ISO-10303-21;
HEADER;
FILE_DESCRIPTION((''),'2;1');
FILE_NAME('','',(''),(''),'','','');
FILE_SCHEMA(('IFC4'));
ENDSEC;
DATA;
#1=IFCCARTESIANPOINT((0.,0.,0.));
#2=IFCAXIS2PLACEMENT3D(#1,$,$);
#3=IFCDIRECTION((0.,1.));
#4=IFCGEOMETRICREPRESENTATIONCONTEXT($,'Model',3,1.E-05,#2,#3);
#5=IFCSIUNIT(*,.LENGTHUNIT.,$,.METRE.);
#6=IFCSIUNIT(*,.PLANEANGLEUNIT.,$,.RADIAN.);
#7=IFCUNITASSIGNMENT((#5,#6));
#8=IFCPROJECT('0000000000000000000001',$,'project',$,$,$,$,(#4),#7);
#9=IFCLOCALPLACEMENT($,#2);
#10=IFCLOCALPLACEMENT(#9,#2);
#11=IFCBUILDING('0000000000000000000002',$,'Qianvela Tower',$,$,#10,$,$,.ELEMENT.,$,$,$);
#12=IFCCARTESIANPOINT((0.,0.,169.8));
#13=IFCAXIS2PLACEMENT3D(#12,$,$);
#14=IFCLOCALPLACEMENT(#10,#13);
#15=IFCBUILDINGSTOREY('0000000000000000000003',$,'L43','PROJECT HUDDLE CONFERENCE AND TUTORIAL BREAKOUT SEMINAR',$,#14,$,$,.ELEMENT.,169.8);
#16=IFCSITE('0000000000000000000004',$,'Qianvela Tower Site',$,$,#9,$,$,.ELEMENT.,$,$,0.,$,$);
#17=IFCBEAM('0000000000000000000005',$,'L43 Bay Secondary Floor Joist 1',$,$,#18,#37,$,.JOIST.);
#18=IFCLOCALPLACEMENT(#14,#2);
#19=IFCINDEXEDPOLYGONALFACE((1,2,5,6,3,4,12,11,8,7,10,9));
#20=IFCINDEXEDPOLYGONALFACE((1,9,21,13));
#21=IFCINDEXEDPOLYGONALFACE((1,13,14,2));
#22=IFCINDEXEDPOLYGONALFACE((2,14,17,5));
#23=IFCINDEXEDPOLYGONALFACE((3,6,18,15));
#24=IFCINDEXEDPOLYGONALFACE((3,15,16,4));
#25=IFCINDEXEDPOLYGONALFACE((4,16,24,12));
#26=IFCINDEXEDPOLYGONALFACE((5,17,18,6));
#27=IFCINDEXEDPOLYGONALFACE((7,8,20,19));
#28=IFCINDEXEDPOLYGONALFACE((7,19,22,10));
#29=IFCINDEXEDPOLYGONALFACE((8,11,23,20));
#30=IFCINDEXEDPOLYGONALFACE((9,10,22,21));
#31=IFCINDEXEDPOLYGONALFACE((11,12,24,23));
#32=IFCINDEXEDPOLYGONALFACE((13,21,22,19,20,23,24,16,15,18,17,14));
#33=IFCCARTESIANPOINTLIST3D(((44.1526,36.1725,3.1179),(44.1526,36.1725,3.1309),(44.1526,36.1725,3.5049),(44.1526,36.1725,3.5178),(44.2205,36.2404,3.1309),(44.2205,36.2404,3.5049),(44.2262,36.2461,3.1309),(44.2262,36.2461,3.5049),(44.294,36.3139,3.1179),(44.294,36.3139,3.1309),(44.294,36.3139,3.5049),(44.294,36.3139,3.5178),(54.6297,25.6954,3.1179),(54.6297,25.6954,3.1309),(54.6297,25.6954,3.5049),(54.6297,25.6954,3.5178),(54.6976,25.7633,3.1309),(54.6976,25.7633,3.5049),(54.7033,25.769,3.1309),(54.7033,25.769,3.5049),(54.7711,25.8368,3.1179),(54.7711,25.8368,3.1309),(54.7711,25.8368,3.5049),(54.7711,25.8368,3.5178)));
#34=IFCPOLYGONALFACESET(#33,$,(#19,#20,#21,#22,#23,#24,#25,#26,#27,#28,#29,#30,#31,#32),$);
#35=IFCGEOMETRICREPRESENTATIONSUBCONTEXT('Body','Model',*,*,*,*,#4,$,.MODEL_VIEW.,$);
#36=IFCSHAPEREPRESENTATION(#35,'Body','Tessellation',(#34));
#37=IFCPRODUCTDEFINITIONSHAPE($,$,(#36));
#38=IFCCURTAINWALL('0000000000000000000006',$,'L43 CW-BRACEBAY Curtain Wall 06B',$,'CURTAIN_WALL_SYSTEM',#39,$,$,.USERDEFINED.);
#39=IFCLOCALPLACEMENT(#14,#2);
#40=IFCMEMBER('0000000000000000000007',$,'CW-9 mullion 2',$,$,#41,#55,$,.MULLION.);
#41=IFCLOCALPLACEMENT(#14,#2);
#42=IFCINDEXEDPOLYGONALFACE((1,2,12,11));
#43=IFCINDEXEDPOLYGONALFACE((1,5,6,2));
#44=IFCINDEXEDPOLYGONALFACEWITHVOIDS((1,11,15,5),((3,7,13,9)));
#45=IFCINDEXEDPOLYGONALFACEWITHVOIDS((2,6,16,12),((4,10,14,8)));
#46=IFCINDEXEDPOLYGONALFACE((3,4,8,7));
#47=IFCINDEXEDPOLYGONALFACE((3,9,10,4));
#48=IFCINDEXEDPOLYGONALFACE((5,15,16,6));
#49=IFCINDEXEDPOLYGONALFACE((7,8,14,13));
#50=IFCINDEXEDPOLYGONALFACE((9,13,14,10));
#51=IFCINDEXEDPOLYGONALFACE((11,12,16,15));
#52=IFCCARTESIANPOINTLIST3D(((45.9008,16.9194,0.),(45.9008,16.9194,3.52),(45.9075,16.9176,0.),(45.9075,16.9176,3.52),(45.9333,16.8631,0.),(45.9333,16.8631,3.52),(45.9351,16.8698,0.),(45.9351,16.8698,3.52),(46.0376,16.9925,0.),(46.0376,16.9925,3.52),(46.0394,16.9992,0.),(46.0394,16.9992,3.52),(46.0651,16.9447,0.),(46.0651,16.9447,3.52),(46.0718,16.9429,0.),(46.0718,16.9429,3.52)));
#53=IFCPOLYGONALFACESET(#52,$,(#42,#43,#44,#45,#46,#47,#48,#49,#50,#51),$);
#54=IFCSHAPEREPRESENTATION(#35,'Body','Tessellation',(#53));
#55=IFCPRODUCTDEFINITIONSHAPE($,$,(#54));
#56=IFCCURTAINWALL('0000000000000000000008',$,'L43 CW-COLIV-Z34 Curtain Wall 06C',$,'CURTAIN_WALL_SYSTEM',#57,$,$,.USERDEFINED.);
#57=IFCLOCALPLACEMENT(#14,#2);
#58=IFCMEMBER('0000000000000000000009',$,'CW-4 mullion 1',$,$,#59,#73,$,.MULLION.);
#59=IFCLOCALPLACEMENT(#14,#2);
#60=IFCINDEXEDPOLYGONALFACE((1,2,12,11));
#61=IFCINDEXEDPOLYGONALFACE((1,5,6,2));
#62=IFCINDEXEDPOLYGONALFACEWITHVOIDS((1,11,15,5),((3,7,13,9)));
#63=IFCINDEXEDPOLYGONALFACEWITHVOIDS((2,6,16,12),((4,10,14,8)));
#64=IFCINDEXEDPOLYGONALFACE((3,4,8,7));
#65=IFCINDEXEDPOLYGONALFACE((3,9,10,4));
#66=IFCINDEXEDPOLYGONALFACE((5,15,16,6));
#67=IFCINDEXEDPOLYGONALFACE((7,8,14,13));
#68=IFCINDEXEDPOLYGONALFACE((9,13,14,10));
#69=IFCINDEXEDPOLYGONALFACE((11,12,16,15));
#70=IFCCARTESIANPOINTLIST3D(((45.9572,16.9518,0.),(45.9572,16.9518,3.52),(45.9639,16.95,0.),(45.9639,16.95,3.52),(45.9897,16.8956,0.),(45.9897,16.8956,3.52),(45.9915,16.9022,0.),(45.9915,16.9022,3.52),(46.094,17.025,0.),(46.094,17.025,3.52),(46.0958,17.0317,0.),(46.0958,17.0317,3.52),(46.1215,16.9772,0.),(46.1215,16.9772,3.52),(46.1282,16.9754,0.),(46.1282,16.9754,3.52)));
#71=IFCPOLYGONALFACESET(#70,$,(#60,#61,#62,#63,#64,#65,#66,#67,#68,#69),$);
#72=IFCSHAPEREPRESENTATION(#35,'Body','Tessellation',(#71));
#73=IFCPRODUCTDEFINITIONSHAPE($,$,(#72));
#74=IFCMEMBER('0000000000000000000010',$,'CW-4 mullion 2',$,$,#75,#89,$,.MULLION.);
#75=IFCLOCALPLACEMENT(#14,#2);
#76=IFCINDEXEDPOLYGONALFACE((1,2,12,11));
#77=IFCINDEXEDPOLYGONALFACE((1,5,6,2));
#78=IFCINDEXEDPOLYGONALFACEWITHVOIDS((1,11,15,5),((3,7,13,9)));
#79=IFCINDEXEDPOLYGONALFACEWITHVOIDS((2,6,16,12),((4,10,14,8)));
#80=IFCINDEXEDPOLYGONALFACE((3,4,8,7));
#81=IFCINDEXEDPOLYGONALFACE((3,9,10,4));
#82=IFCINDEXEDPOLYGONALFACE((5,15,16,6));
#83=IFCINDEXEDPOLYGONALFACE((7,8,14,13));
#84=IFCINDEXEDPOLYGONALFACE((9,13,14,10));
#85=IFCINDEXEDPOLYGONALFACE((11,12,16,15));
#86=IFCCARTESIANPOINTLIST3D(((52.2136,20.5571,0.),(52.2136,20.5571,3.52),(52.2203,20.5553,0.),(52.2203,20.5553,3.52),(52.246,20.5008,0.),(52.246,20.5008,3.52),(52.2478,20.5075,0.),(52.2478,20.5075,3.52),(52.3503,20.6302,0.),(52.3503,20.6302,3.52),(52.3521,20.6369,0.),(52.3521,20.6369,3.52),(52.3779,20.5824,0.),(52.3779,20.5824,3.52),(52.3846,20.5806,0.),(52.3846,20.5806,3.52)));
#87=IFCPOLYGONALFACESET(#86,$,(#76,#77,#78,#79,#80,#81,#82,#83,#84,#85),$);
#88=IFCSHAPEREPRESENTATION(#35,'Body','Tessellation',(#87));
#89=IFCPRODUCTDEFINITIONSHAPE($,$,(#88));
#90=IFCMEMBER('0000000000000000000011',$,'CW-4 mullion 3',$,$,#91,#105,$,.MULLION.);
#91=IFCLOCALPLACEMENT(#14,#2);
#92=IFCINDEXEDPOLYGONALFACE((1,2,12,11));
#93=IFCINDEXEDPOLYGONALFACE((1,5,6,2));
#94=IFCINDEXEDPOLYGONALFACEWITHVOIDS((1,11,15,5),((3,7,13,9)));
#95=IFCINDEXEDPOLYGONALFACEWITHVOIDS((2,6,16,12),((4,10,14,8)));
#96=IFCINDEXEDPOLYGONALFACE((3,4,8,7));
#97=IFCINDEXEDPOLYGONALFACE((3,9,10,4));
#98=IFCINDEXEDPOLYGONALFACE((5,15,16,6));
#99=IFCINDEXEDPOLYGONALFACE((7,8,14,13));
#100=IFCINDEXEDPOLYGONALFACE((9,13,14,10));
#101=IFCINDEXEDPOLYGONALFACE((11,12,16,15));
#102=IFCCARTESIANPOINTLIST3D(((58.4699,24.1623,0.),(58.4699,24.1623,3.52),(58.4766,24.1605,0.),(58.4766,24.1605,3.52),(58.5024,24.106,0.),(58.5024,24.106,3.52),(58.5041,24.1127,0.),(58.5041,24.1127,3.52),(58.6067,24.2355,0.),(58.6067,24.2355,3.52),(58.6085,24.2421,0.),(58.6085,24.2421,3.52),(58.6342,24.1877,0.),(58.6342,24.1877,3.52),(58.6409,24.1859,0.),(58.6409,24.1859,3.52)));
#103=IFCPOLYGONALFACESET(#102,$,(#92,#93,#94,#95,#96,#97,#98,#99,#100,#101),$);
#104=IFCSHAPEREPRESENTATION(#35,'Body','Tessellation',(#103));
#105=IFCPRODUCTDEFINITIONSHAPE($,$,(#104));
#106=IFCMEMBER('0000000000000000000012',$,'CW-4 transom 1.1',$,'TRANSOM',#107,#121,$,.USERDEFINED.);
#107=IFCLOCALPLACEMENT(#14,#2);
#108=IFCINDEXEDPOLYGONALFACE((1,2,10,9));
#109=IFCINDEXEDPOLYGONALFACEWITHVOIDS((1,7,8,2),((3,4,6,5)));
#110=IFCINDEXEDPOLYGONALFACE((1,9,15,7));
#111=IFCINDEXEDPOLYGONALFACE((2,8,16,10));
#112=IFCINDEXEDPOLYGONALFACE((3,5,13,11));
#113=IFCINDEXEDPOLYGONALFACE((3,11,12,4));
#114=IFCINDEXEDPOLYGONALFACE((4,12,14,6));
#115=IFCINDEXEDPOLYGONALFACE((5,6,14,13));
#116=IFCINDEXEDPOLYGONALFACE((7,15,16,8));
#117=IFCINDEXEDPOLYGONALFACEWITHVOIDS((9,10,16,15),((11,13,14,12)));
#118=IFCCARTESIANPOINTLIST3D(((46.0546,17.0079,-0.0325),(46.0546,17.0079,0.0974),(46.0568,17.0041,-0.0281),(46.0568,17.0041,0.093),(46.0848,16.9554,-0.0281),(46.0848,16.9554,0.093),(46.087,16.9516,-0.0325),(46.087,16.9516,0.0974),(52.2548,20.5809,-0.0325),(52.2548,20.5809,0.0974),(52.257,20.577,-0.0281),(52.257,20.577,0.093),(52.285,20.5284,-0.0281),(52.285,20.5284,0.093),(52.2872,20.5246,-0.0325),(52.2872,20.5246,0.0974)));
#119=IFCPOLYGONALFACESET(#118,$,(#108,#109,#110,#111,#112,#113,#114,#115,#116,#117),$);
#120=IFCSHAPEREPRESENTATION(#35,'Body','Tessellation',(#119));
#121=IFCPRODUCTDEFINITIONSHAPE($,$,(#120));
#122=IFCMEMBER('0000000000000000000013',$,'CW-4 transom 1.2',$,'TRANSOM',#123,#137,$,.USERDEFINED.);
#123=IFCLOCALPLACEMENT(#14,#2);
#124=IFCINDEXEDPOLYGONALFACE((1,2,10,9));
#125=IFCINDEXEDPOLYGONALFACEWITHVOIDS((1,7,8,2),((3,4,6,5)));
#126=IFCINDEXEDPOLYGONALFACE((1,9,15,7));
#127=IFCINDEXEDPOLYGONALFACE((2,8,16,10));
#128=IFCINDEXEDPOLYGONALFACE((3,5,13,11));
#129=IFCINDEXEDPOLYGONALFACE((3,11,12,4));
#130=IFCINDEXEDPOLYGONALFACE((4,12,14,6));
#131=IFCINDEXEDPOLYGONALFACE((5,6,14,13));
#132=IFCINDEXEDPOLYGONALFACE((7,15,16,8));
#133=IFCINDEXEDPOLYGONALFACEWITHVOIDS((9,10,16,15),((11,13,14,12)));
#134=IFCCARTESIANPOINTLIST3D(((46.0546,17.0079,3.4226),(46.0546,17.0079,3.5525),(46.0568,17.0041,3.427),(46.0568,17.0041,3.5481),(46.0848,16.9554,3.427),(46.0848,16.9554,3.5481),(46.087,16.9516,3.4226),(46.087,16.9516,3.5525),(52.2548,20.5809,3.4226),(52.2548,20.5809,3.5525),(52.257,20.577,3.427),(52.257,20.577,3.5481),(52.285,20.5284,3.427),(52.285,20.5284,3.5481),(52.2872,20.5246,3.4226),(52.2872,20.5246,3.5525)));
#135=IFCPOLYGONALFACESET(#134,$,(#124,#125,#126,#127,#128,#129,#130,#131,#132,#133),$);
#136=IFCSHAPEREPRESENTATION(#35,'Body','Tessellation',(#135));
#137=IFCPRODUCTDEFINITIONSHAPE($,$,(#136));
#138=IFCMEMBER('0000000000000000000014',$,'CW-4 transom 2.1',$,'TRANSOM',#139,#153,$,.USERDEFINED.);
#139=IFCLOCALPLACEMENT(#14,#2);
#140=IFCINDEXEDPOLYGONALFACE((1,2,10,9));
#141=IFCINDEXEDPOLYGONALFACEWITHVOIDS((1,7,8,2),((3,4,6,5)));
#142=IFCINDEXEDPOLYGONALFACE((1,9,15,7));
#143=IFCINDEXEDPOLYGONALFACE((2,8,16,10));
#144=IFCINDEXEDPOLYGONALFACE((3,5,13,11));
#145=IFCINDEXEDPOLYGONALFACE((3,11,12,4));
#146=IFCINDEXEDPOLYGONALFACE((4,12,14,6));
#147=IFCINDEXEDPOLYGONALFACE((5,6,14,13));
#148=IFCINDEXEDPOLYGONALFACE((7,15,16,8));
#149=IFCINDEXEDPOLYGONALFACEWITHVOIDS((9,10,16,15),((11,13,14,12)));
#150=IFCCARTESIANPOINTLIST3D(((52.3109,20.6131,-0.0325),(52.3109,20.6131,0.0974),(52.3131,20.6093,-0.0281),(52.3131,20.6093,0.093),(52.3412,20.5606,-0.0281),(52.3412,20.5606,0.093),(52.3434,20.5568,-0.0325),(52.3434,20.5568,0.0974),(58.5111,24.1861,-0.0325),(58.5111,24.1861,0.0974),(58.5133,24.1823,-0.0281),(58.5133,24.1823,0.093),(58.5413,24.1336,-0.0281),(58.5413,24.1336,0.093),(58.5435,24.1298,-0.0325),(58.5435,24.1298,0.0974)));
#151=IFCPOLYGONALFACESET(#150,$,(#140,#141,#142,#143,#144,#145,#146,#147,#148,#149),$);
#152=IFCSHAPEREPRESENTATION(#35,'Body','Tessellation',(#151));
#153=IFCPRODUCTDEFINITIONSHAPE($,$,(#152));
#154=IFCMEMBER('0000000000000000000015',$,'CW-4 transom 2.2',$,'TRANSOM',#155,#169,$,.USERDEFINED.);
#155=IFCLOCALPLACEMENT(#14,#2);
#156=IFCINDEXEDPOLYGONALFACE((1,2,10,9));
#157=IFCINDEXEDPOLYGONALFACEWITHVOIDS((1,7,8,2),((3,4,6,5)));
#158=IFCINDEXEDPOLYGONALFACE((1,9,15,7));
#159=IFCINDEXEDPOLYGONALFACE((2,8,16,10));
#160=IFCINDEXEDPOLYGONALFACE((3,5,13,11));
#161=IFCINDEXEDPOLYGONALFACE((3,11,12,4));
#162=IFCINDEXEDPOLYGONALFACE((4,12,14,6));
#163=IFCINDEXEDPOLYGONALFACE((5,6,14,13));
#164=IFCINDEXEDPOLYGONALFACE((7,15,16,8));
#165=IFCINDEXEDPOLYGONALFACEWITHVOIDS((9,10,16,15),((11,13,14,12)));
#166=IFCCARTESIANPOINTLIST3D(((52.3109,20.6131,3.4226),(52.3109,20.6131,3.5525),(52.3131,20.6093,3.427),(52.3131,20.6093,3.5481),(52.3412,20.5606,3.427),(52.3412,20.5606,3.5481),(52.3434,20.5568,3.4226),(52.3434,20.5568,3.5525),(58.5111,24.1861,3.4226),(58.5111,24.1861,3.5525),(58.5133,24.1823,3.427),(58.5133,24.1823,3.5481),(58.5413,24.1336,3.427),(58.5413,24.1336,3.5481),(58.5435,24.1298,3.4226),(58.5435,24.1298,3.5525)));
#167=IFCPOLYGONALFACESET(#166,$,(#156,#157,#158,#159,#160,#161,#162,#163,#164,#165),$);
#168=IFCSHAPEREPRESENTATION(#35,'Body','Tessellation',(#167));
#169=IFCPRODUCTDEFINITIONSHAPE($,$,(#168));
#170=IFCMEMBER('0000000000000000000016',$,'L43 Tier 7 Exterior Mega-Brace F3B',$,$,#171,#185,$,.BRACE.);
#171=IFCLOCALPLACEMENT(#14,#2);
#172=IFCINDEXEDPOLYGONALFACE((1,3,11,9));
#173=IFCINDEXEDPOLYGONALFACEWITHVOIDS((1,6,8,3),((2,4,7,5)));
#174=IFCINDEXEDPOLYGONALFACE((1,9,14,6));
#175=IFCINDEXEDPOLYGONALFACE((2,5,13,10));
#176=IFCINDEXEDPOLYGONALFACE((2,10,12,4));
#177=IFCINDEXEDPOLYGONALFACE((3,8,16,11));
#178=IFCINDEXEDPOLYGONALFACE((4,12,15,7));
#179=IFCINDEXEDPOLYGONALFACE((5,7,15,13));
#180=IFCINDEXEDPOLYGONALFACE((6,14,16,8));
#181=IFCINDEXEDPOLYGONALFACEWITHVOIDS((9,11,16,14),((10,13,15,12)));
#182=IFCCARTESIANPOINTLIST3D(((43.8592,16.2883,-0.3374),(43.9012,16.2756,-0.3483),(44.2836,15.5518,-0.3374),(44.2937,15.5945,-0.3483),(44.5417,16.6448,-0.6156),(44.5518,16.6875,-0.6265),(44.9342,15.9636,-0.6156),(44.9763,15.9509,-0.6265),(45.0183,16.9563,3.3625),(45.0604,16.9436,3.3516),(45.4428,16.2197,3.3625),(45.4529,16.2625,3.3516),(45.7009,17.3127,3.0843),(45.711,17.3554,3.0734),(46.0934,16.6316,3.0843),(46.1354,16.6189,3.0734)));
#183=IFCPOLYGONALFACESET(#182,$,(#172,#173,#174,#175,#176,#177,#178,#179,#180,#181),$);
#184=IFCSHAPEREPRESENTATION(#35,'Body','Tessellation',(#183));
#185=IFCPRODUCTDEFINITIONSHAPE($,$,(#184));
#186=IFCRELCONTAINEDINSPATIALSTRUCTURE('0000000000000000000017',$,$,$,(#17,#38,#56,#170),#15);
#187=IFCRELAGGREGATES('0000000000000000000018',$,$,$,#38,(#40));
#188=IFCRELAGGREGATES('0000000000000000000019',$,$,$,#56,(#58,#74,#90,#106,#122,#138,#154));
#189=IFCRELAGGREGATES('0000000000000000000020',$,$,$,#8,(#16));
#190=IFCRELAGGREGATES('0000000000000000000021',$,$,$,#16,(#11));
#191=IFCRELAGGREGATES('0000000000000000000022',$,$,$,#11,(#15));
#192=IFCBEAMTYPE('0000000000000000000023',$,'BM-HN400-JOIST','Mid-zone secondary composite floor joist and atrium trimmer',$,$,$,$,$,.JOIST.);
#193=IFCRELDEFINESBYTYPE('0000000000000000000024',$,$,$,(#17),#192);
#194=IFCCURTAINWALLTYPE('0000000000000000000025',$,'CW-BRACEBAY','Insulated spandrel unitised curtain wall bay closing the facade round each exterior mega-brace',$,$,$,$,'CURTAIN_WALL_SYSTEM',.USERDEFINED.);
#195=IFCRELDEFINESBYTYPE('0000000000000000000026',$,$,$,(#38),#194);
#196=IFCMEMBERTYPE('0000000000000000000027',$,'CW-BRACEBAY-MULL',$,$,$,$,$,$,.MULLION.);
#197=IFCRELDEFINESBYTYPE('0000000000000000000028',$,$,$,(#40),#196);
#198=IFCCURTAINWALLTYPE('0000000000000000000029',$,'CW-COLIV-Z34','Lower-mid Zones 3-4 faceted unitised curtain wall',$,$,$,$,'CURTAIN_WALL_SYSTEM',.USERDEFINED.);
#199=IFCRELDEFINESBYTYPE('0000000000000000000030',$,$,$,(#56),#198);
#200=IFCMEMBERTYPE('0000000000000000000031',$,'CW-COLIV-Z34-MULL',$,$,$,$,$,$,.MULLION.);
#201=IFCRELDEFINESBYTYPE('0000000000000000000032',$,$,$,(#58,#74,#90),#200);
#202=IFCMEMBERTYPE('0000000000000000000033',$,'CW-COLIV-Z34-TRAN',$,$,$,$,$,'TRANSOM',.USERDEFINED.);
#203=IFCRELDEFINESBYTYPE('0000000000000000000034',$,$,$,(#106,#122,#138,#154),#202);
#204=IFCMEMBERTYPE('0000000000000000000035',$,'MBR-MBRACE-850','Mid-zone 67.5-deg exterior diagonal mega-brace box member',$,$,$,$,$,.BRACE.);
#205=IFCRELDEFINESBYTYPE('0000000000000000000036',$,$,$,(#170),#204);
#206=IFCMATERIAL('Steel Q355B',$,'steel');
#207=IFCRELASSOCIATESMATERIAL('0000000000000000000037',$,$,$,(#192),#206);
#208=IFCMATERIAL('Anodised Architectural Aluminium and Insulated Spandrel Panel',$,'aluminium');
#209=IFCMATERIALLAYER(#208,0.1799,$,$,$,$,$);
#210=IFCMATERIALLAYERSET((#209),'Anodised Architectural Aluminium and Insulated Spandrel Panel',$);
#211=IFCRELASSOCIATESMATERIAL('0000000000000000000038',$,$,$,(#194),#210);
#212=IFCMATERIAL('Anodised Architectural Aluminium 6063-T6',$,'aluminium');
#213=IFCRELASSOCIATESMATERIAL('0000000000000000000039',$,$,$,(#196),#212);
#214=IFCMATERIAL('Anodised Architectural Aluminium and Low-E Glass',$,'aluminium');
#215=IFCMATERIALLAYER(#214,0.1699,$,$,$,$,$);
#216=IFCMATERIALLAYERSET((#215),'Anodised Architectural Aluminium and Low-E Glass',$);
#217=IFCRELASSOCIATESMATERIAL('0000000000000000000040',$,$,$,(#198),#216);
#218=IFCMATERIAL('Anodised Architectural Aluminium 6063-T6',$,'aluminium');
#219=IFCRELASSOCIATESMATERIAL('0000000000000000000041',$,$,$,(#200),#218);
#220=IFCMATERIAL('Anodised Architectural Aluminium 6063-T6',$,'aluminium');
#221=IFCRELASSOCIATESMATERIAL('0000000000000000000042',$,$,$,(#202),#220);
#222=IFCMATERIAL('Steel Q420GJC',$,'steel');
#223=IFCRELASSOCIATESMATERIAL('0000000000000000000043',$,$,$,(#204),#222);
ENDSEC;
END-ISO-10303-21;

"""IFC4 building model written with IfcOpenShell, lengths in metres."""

from ifc_helpers import new_model, si_unit, direction, frame, origin, origin_2d, place, context, subcontext, project, spatial, hollow_rectangle, i_section, extrude, material, layer, layer_set, material_profile, profile_set, type_object, element, aggregate, save


model = new_model("IFC4")

# Units and contexts
model_context = context("Model", 3, precision=1e-05, world=origin(), true_north=direction((0.0, 1.0)))
body_context = subcontext(model_context, "Body", "Model", "MODEL_VIEW")
ifc_project = project(units=[si_unit("LENGTHUNIT", "METRE"), si_unit("PLANEANGLEUNIT", "RADIAN")], contexts=[model_context])

# Site, building, storey
site_placement = place(None, origin())
site = spatial("IfcSite", under=ifc_project, at=site_placement, Name="Qianvela Tower Site", CompositionType="ELEMENT", RefElevation=0.0)
building_placement = place(site_placement, origin())
building = spatial("IfcBuilding", under=site, at=building_placement, Name="Qianvela Tower", CompositionType="ELEMENT")
storey_placement = place(building_placement, frame((0.0, 0.0, 169.8)))
storey = spatial("IfcBuildingStorey", under=building, at=storey_placement, Name="L43", Description="PROJECT HUDDLE CONFERENCE AND TUTORIAL BREAKOUT SEMINAR", CompositionType="ELEMENT", Elevation=169.8)

# Beam
ifc_material_1 = material(Name="Steel Q355B", Category="steel")
ifc_material_profile_1 = material_profile(ifc_material_1, i_section(OverallWidth=0.2, OverallDepth=0.3999, WebThickness=0.0081, FlangeThickness=0.0129, at=origin_2d()), Name="HN400x200x8x13")
ifc_profile_set_1 = profile_set([ifc_material_profile_1], Name="Steel Q355B")
beam_type = type_object("IfcBeamType", Name="BM-HN400-JOIST", Description="Mid-zone secondary composite floor joist and atrium trimmer", PredefinedType="JOIST", material=ifc_profile_set_1)
beam_placement = place(storey_placement, frame((54.7004, 25.7661, 3.3179), z_axis=(-0.707107, 0.707107, 0.0), x_axis=(-0.707107, -0.707107, 0.0)))
element("IfcBeam", 1, at=beam_placement, inside=storey, type_object=beam_type, Name="L43 Bay Secondary Floor Joist 1", PredefinedType="JOIST", context=body_context, shape_type="SweptSolid", body=[
    extrude(i_section(OverallWidth=0.2, OverallDepth=0.3999, WebThickness=0.0081, FlangeThickness=0.0129, at=origin_2d()), origin(), (0.0, 0.0, 1.0), 14.8169),
])

# Curtain wall, member
ifc_material_2 = material(Name="Anodised Architectural Aluminium and Insulated Spandrel Panel", Category="aluminium")
ifc_layer_1 = layer(ifc_material_2, 0.1799)
ifc_layer_set_1 = layer_set([ifc_layer_1], Name="Anodised Architectural Aluminium and Insulated Spandrel Panel")
curtain_wall_type_1 = type_object("IfcCurtainWallType", Name="CW-BRACEBAY", Description="Insulated spandrel unitised curtain wall bay closing the facade round each exterior mega-brace", ElementType="CURTAIN_WALL_SYSTEM", PredefinedType="USERDEFINED", material=ifc_layer_set_1)
curtain_wall_1_placement = place(storey_placement, origin())
curtain_wall_1 = element("IfcCurtainWall", 2, at=curtain_wall_1_placement, inside=storey, type_object=curtain_wall_type_1, Name="L43 CW-BRACEBAY Curtain Wall 06B", ObjectType="CURTAIN_WALL_SYSTEM", PredefinedType="USERDEFINED")
ifc_material_3 = material(Name="Anodised Architectural Aluminium 6063-T6", Category="aluminium")
ifc_material_profile_2 = material_profile(ifc_material_3, hollow_rectangle(XDim=0.0649, YDim=0.1599, WallThickness=0.0049, at=origin_2d()), Name="ALU-MULL-65x160")
ifc_profile_set_2 = profile_set([ifc_material_profile_2], Name="Anodised Architectural Aluminium 6063-T6")
member_type_1 = type_object("IfcMemberType", Name="CW-BRACEBAY-MULL", PredefinedType="MULLION", material=ifc_profile_set_2)
member_1_placement = place(storey_placement, frame((45.9863, 16.9312, 0.0), z_axis=(0.0, 0.0, 1.0), x_axis=(-0.499278, 0.866442, 0.0)))
member_1 = element("IfcMember", 3, at=member_1_placement, type_object=member_type_1, Name="CW-9 mullion 2", PredefinedType="MULLION", context=body_context, shape_type="SweptSolid", body=[
    extrude(hollow_rectangle(XDim=0.0649, YDim=0.1599, WallThickness=0.0049, at=origin_2d()), origin(), (0.0, 0.0, 1.0), 3.52),
])

# Curtain wall, members
ifc_material_4 = material(Name="Anodised Architectural Aluminium and Low-E Glass", Category="aluminium")
ifc_layer_2 = layer(ifc_material_4, 0.1699)
ifc_layer_set_2 = layer_set([ifc_layer_2], Name="Anodised Architectural Aluminium and Low-E Glass")
curtain_wall_type_2 = type_object("IfcCurtainWallType", Name="CW-COLIV-Z34", Description="Lower-mid Zones 3-4 faceted unitised curtain wall", ElementType="CURTAIN_WALL_SYSTEM", PredefinedType="USERDEFINED", material=ifc_layer_set_2)
curtain_wall_2_placement = place(storey_placement, origin())
curtain_wall_2 = element("IfcCurtainWall", 4, at=curtain_wall_2_placement, inside=storey, type_object=curtain_wall_type_2, Name="L43 CW-COLIV-Z34 Curtain Wall 06C", ObjectType="CURTAIN_WALL_SYSTEM", PredefinedType="USERDEFINED")
ifc_material_5 = material(Name="Anodised Architectural Aluminium 6063-T6", Category="aluminium")
ifc_material_profile_3 = material_profile(ifc_material_5, hollow_rectangle(XDim=0.0649, YDim=0.1599, WallThickness=0.0049, at=origin_2d()), Name="ALU-MULL-65x160")
ifc_profile_set_3 = profile_set([ifc_material_profile_3], Name="Anodised Architectural Aluminium 6063-T6")
member_type_2 = type_object("IfcMemberType", Name="CW-COLIV-Z34-MULL", PredefinedType="MULLION", material=ifc_profile_set_3)
member_2_placement = place(storey_placement, frame((46.0427, 16.9636, 0.0), z_axis=(0.0, 0.0, 1.0), x_axis=(-0.49929, 0.866435, 0.0)))
member_2 = element("IfcMember", 5, at=member_2_placement, type_object=member_type_2, Name="CW-4 mullion 1", PredefinedType="MULLION", context=body_context, shape_type="SweptSolid", body=[
    extrude(hollow_rectangle(XDim=0.0649, YDim=0.1599, WallThickness=0.0049, at=origin_2d()), origin(), (0.0, 0.0, 1.0), 3.52),
])
member_3_placement = place(storey_placement, frame((52.2991, 20.5688, 0.0), z_axis=(0.0, 0.0, 1.0), x_axis=(-0.49929, 0.866435, 0.0)))
member_3 = element("IfcMember", 6, at=member_3_placement, type_object=member_type_2, Name="CW-4 mullion 2", PredefinedType="MULLION", context=body_context, shape_type="SweptSolid", body=[
    extrude(hollow_rectangle(XDim=0.0649, YDim=0.1599, WallThickness=0.0049, at=origin_2d()), origin(), (0.0, 0.0, 1.0), 3.52),
])
member_4_placement = place(storey_placement, frame((58.5554, 24.1741, 0.0), z_axis=(0.0, 0.0, 1.0), x_axis=(-0.49929, 0.866435, 0.0)))
member_4 = element("IfcMember", 7, at=member_4_placement, type_object=member_type_2, Name="CW-4 mullion 3", PredefinedType="MULLION", context=body_context, shape_type="SweptSolid", body=[
    extrude(hollow_rectangle(XDim=0.0649, YDim=0.1599, WallThickness=0.0049, at=origin_2d()), origin(), (0.0, 0.0, 1.0), 3.52),
])
ifc_material_6 = material(Name="Anodised Architectural Aluminium 6063-T6", Category="aluminium")
ifc_material_profile_4 = material_profile(ifc_material_6, hollow_rectangle(XDim=0.0649, YDim=0.1299, WallThickness=0.0044, at=origin_2d()), Name="ALU-TRAN-65x130")
ifc_profile_set_4 = profile_set([ifc_material_profile_4], Name="Anodised Architectural Aluminium 6063-T6")
member_type_3 = type_object("IfcMemberType", Name="CW-COLIV-Z34-TRAN", ElementType="TRANSOM", PredefinedType="USERDEFINED", material=ifc_profile_set_4)
member_5_placement = place(storey_placement, frame((46.0708, 16.9797, 0.0325), z_axis=(0.86643, 0.499299, 0.0), x_axis=(-0.499299, 0.86643, 0.0)))
member_5 = element("IfcMember", 8, at=member_5_placement, type_object=member_type_3, Name="CW-4 transom 1.1", ObjectType="TRANSOM", PredefinedType="USERDEFINED", context=body_context, shape_type="SweptSolid", body=[
    extrude(hollow_rectangle(XDim=0.0649, YDim=0.1299, WallThickness=0.0044, at=origin_2d()), origin(), (0.0, 0.0, 1.0), 7.156),
])
member_6_placement = place(storey_placement, frame((46.0708, 16.9797, 3.4875), z_axis=(0.86643, 0.499299, 0.0), x_axis=(-0.499299, 0.86643, 0.0)))
member_6 = element("IfcMember", 9, at=member_6_placement, type_object=member_type_3, Name="CW-4 transom 1.2", ObjectType="TRANSOM", PredefinedType="USERDEFINED", context=body_context, shape_type="SweptSolid", body=[
    extrude(hollow_rectangle(XDim=0.0649, YDim=0.1299, WallThickness=0.0044, at=origin_2d()), origin(), (0.0, 0.0, 1.0), 7.156),
])
member_7_placement = place(storey_placement, frame((52.3271, 20.585, 0.0325), z_axis=(0.86643, 0.499299, 0.0), x_axis=(-0.499299, 0.86643, 0.0)))
member_7 = element("IfcMember", 10, at=member_7_placement, type_object=member_type_3, Name="CW-4 transom 2.1", ObjectType="TRANSOM", PredefinedType="USERDEFINED", context=body_context, shape_type="SweptSolid", body=[
    extrude(hollow_rectangle(XDim=0.0649, YDim=0.1299, WallThickness=0.0044, at=origin_2d()), origin(), (0.0, 0.0, 1.0), 7.156),
])
member_8_placement = place(storey_placement, frame((52.3271, 20.585, 3.4875), z_axis=(0.86643, 0.499299, 0.0), x_axis=(-0.499299, 0.86643, 0.0)))
member_8 = element("IfcMember", 11, at=member_8_placement, type_object=member_type_3, Name="CW-4 transom 2.2", ObjectType="TRANSOM", PredefinedType="USERDEFINED", context=body_context, shape_type="SweptSolid", body=[
    extrude(hollow_rectangle(XDim=0.0649, YDim=0.1299, WallThickness=0.0044, at=origin_2d()), origin(), (0.0, 0.0, 1.0), 7.156),
])

# Member
ifc_material_7 = material(Name="Steel Q420GJC", Category="steel")
ifc_material_profile_5 = material_profile(ifc_material_7, hollow_rectangle(XDim=0.8501, YDim=0.8501, WallThickness=0.032, at=origin_2d()), Name="MBOX-850x850x32")
ifc_profile_set_5 = profile_set([ifc_material_profile_5], Name="Steel Q420GJC")
member_type_4 = type_object("IfcMemberType", Name="MBR-MBRACE-850", Description="Mid-zone 67.5-deg exterior diagonal mega-brace box member", PredefinedType="BRACE", material=ifc_profile_set_5)
member_9_placement = place(storey_placement, frame((44.4177, 16.1196, -0.4819), z_axis=(0.294627, 0.169776, 0.94041), x_axis=(-0.49928, 0.866441, 0.0)))
element("IfcMember", 12, at=member_9_placement, inside=storey, type_object=member_type_4, Name="L43 Tier 7 Exterior Mega-Brace F3B", PredefinedType="BRACE", context=body_context, shape_type="SweptSolid", body=[
    extrude(hollow_rectangle(XDim=0.8501, YDim=0.8501, WallThickness=0.032, at=origin_2d()), origin(), (0.0, 0.0, 1.0), 3.9343),
])

aggregate(curtain_wall_1, [member_1])
aggregate(curtain_wall_2, [member_2, member_3, member_4, member_5, member_6, member_7, member_8])

save(model, "model.ifc")
